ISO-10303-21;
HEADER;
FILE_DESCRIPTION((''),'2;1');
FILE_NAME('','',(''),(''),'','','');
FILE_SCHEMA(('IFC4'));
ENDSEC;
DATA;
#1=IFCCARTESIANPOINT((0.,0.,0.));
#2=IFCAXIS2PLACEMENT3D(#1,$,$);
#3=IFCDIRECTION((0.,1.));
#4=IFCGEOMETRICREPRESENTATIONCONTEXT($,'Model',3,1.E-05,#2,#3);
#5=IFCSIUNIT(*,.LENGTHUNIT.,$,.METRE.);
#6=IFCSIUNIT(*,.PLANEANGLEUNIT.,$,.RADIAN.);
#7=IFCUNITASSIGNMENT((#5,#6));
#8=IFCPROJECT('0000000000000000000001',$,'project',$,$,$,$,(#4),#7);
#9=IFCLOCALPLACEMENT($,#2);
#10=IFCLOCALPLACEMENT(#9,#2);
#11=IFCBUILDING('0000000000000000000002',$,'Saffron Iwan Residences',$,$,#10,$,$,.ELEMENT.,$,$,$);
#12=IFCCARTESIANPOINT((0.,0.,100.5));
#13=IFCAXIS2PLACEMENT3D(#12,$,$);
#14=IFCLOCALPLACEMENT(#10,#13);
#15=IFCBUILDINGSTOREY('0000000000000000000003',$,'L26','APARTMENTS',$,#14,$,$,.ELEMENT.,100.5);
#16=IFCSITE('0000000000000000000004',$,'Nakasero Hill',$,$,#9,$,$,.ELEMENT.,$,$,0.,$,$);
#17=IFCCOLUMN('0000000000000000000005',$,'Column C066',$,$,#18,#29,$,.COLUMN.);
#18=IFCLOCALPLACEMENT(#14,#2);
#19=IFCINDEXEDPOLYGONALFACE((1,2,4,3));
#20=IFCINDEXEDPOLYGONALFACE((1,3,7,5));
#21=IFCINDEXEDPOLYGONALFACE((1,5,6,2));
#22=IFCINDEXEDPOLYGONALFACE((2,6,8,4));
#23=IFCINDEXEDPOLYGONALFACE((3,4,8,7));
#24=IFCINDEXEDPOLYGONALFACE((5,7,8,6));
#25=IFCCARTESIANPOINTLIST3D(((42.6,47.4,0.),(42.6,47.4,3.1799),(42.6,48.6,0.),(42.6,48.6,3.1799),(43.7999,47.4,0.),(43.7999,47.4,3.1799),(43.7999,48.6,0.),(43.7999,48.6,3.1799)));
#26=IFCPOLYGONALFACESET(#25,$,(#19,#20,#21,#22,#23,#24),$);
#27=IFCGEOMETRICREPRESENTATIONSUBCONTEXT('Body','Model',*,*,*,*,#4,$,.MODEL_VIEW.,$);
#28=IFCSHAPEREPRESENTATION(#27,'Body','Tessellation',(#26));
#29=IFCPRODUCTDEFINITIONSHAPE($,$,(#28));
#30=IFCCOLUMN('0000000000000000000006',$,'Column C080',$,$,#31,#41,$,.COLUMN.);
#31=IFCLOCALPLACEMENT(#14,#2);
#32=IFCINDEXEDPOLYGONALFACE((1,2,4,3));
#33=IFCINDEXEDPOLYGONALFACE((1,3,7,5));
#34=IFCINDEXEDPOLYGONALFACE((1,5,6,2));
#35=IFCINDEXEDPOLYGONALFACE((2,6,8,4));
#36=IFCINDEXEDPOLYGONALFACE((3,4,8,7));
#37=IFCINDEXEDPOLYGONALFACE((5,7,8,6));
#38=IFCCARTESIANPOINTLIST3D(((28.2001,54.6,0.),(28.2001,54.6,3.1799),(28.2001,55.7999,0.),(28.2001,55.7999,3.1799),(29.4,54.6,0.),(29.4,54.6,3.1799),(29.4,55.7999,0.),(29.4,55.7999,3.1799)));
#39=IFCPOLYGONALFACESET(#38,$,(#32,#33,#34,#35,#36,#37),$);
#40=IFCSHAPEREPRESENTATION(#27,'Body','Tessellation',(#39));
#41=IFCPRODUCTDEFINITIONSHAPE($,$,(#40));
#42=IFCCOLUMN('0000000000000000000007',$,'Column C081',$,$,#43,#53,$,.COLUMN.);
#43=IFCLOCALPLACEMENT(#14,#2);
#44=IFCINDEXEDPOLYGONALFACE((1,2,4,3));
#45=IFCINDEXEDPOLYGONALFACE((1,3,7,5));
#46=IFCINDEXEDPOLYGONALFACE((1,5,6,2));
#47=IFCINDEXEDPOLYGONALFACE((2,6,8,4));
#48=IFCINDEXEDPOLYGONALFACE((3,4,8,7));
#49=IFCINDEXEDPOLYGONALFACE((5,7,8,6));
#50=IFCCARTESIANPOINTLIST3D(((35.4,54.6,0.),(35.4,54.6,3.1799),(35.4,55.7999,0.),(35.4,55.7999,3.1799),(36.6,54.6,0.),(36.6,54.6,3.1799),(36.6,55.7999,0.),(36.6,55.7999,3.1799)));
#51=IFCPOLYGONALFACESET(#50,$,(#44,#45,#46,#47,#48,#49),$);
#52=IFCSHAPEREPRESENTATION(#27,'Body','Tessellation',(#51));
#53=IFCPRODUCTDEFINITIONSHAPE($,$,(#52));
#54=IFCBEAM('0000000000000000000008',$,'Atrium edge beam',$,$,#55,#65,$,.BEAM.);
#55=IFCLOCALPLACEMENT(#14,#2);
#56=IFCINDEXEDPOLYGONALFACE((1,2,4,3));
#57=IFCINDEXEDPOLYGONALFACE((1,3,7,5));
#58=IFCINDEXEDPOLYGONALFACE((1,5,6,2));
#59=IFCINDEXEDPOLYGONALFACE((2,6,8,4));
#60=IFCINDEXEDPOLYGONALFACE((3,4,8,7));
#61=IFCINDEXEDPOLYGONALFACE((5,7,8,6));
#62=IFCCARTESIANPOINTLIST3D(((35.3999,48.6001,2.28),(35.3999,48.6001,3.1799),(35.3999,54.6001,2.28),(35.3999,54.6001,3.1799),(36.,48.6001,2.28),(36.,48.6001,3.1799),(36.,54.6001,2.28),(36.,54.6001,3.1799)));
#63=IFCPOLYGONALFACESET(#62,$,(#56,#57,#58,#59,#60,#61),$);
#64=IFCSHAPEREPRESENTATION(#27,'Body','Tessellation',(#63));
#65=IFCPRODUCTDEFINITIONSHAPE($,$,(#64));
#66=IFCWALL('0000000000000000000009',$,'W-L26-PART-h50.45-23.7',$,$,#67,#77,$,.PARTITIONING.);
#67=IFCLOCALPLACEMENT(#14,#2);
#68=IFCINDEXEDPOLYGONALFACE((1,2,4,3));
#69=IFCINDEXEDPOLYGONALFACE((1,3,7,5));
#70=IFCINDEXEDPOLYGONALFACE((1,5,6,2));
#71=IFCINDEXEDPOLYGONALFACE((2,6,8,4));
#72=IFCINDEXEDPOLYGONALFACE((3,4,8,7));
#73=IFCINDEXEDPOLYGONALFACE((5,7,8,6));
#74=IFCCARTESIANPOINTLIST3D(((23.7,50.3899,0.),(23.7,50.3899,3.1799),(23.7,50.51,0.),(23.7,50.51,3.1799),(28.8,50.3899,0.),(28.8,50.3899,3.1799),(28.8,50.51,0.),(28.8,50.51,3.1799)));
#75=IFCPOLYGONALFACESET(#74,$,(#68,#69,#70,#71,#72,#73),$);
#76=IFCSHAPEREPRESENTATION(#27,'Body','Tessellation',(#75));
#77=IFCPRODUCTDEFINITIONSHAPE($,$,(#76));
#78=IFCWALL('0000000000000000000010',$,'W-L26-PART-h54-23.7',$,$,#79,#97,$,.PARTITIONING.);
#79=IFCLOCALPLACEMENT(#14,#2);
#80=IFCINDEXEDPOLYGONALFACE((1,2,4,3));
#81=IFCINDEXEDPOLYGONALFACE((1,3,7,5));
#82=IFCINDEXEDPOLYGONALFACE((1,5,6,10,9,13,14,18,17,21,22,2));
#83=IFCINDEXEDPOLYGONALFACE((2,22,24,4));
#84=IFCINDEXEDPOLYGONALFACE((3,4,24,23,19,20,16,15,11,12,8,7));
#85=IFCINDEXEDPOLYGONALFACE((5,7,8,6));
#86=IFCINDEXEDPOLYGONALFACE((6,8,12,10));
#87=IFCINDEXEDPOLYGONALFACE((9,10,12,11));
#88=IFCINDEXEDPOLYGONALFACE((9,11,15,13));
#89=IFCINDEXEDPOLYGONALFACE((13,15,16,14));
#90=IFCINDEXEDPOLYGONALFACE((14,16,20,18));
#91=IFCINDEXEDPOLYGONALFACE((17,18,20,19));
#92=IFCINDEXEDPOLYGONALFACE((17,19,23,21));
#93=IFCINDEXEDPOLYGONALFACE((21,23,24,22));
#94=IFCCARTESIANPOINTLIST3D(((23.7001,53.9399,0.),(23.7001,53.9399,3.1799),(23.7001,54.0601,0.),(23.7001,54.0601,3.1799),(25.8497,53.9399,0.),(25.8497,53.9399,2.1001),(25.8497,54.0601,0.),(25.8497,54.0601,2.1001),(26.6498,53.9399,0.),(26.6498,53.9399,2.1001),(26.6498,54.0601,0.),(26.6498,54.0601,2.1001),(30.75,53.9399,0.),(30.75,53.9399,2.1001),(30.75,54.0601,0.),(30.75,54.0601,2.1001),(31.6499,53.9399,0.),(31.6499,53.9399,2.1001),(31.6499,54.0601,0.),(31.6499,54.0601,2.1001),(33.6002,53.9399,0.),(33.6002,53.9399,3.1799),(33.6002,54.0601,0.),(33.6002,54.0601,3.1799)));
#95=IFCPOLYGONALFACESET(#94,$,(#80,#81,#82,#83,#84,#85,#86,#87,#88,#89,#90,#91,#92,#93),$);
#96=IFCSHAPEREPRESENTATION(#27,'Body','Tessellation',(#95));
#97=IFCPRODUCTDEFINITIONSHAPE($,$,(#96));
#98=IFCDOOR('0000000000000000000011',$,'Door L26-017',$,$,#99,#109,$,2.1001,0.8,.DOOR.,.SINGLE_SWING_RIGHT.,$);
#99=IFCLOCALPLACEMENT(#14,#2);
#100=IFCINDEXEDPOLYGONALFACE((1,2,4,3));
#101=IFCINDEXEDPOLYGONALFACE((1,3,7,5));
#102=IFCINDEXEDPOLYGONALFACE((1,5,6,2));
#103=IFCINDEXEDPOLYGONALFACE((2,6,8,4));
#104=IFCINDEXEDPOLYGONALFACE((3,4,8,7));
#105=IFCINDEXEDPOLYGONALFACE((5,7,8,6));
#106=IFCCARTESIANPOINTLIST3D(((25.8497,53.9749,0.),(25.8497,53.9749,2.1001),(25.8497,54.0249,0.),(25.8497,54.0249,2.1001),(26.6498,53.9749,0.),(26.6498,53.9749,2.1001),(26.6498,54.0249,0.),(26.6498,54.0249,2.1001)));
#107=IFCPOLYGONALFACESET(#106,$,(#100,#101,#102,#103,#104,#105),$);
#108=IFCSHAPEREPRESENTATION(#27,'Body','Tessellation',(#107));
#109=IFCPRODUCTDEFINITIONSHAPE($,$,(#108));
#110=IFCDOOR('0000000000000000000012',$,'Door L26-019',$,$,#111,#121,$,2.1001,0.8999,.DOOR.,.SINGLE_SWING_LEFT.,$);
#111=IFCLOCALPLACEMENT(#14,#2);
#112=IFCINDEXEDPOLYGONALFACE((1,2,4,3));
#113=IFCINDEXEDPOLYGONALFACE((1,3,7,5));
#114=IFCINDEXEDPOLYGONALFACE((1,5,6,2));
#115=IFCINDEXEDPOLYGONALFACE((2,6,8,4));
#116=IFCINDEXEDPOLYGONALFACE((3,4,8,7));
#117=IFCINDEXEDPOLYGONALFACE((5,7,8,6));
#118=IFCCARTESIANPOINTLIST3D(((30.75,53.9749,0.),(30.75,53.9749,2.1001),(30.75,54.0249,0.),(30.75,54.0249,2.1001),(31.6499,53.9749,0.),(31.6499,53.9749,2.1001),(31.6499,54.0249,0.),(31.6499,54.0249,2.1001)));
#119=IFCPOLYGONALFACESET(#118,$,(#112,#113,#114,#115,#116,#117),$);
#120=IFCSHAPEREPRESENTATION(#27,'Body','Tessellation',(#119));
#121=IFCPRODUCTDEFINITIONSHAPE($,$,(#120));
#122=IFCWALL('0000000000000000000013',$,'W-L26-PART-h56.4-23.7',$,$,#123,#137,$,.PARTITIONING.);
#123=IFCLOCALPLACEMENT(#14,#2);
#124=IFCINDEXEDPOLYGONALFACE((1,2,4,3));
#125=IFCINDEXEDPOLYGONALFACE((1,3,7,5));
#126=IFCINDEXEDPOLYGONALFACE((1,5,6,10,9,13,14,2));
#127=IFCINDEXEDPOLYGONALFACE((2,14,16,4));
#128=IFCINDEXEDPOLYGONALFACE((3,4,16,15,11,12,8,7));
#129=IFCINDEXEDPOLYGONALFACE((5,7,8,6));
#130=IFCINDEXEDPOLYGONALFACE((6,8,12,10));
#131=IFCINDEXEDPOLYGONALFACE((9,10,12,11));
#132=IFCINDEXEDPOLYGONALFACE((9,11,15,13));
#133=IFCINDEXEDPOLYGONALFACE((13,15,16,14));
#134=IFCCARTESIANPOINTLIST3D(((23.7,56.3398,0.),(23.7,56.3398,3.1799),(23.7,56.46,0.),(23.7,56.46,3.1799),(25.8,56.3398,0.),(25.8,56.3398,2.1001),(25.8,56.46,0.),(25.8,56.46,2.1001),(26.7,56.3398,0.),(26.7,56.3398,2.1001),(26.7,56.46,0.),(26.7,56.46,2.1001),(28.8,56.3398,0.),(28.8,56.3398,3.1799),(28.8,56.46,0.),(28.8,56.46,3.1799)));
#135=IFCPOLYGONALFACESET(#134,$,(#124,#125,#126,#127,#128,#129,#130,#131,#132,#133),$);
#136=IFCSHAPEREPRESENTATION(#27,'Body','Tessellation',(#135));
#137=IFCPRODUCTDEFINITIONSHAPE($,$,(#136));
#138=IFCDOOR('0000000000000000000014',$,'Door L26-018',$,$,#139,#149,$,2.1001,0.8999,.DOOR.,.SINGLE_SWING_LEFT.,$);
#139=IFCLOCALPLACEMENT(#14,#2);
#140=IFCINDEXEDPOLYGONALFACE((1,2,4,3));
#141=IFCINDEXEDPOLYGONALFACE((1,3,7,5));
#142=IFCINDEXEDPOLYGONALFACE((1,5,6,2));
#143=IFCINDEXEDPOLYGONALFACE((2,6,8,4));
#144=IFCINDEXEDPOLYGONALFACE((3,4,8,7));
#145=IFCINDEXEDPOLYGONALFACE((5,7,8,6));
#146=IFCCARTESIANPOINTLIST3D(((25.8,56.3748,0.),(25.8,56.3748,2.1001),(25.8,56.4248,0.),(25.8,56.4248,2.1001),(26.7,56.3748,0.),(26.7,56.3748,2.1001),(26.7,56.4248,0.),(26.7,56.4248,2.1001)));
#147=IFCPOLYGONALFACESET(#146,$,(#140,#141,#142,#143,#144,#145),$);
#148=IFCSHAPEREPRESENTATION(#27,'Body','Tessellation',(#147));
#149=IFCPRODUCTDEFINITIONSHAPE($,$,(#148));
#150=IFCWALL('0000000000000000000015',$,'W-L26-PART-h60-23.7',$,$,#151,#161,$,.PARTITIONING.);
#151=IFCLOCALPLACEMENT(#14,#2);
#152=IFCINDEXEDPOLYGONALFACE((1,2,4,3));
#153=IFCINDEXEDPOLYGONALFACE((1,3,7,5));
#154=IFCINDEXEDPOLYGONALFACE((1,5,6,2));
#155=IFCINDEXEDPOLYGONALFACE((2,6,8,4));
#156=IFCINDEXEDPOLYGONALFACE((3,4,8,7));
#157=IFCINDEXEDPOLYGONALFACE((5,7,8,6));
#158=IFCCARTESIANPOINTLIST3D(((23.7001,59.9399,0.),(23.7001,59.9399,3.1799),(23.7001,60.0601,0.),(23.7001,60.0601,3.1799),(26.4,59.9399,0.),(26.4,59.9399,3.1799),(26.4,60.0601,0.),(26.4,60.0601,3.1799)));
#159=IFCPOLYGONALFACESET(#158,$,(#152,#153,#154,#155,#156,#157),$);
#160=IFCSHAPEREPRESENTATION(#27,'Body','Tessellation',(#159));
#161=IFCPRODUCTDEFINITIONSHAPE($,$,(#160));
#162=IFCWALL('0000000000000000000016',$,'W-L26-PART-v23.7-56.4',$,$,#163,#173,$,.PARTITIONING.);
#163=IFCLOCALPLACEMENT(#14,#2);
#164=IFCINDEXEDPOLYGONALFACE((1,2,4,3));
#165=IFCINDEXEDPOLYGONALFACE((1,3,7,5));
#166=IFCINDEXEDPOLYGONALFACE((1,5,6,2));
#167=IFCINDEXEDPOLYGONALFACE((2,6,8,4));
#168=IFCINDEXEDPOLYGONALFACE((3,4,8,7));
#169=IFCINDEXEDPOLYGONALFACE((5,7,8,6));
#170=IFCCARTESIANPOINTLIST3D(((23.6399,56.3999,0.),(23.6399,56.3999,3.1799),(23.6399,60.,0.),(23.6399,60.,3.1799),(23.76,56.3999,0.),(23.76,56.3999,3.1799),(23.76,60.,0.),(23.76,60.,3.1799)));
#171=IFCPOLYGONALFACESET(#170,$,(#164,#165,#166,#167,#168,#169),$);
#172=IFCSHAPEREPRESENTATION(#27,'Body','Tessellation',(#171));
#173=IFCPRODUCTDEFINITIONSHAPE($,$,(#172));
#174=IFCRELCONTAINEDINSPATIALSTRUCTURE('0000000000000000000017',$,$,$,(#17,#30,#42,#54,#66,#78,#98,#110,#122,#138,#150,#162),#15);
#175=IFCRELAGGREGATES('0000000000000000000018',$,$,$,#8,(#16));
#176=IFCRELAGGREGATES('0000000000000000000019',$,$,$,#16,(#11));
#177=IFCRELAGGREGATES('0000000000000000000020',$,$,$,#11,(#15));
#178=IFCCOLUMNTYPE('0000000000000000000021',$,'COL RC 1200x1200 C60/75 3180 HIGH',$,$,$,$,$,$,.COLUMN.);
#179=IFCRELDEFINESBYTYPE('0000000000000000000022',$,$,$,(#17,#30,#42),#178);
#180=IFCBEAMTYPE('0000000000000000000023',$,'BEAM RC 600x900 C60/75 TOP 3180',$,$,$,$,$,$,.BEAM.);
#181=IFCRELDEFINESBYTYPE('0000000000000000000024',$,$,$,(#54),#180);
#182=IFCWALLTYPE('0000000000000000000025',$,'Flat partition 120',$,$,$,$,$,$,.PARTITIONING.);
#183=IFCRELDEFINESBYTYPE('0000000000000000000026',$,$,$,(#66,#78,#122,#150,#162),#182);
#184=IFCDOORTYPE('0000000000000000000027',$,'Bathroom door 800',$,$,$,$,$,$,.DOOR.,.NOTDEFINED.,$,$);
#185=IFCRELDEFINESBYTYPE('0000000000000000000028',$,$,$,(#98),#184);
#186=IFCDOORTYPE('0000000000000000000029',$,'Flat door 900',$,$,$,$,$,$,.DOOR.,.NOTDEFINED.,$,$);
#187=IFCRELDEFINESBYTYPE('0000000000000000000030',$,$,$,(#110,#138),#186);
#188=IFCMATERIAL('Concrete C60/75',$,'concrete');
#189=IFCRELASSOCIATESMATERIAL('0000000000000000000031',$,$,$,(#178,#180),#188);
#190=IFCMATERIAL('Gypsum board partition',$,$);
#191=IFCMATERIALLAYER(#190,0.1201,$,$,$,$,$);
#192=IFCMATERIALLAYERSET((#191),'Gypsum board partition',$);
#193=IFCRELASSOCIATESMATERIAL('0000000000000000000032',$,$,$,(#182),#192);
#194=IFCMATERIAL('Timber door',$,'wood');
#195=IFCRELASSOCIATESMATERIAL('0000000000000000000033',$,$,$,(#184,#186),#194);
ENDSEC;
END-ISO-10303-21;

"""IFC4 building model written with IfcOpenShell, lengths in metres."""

from ifc_helpers import new_model, si_unit, direction, frame, frame_2d, origin, origin_2d, place, context, subcontext, project, spatial, rectangle, extrude, source, transform, mapped, material, layer, layer_set, material_profile, profile_set, type_object, element, fill, save


model = new_model("IFC4")

# Units and contexts
model_context = context("Model", 3, precision=1e-05, world=origin(), true_north=direction((0.0, 1.0)))
body_context = subcontext(model_context, "Body", "Model", "MODEL_VIEW")
ifc_project = project(units=[si_unit("LENGTHUNIT", "METRE"), si_unit("PLANEANGLEUNIT", "RADIAN")], contexts=[model_context])

# Site, building, storey
site_placement = place(None, origin())
site = spatial("IfcSite", under=ifc_project, at=site_placement, Name="Nakasero Hill", CompositionType="ELEMENT", RefElevation=0.0)
building_placement = place(site_placement, origin())
building = spatial("IfcBuilding", under=site, at=building_placement, Name="Saffron Iwan Residences", CompositionType="ELEMENT")
storey_placement = place(building_placement, frame((0.0, 0.0, 100.5)))
storey = spatial("IfcBuildingStorey", under=building, at=storey_placement, Name="L26", Description="APARTMENTS", CompositionType="ELEMENT", Elevation=100.5)

# Columns
ifc_material_1 = material(Name="Concrete C60/75", Category="concrete")
ifc_material_profile_1 = material_profile(ifc_material_1, rectangle(XDim=1.2, YDim=1.2, at=origin_2d()), Name="RC 1200x1200")
ifc_profile_set_1 = profile_set([ifc_material_profile_1], Name="Concrete C60/75")
column_type = type_object("IfcColumnType", Name="COL RC 1200x1200 C60/75 3180 HIGH", PredefinedType="COLUMN", material=ifc_profile_set_1)
shared_shape_1 = source(origin(), body_context, "Body", "SweptSolid", [
    extrude(rectangle(XDim=1.2, YDim=1.2, at=origin_2d()), origin(), (0.0, 0.0, 1.0), 3.1799),
])
for number, where, z_axis, x_axis, name in (
    (1, (43.2, 48.0, 0.0), (0.0, 0.0, 1.0), (1.0, 0.0, 0.0), "Column C066"),
    (2, (28.8, 55.2, 0.0), (0.0, 0.0, 1.0), (1.0, 0.0, 0.0), "Column C080"),
    (3, (36.0, 55.2, 0.0), (0.0, 0.0, 1.0), (1.0, 0.0, 0.0), "Column C081"),
):
    element("IfcColumn", number, at=place(storey_placement, frame(where, z_axis=z_axis, x_axis=x_axis)), inside=storey, type_object=column_type, Name=name, PredefinedType="COLUMN", context=body_context, shape_type="MappedRepresentation", body=[
        mapped(shared_shape_1, transform((0.0, 0.0, 0.0))),
    ])

# Beam
ifc_material_profile_2 = material_profile(ifc_material_1, rectangle(XDim=0.6001, YDim=0.8999, at=origin_2d()), Name="RC 600x900")
ifc_profile_set_2 = profile_set([ifc_material_profile_2], Name="Concrete C60/75")
beam_type = type_object("IfcBeamType", Name="BEAM RC 600x900 C60/75 TOP 3180", PredefinedType="BEAM", material=ifc_profile_set_2)
shared_shape_2 = source(origin(), body_context, "Body", "SweptSolid", [
    extrude(rectangle(XDim=0.6001, YDim=0.8999, at=origin_2d()), origin(), (0.0, 0.0, 1.0), 6.0),
])
beam_placement = place(storey_placement, frame((35.7, 48.6001, 2.73), z_axis=(0.0, 1.0, 0.0), x_axis=(-1.0, 0.0, 0.0)))
element("IfcBeam", 4, at=beam_placement, inside=storey, type_object=beam_type, Name="Atrium edge beam", PredefinedType="BEAM", context=body_context, shape_type="MappedRepresentation", body=[
    mapped(shared_shape_2, transform((0.0, 0.0, 0.0))),
])

# Wall
ifc_material_2 = material(Name="Gypsum board partition")
ifc_layer_1 = layer(ifc_material_2, 0.1201)
ifc_layer_set_1 = layer_set([ifc_layer_1], Name="Gypsum board partition")
wall_type_1 = type_object("IfcWallType", Name="Flat partition 120", PredefinedType="PARTITIONING", material=ifc_layer_set_1)
wall_1_placement = place(storey_placement, frame((23.7, 50.45, 0.0), z_axis=(0.0, 0.0, 1.0), x_axis=(1.0, 0.0, 0.0)))
element("IfcWall", 5, at=wall_1_placement, inside=storey, type_object=wall_type_1, Name="W-L26-PART-h50.45-23.7", PredefinedType="PARTITIONING", context=body_context, shape_type="SweptSolid", body=[
    extrude(rectangle(XDim=5.1001, YDim=0.1201, at=frame_2d((2.55, 0.0))), origin(), (0.0, 0.0, 1.0), 3.1799),
])

# Wall, openings, doors
wall_2_placement = place(storey_placement, frame((23.7, 54.0, 0.0), z_axis=(0.0, 0.0, 1.0), x_axis=(1.0, 0.0, 0.0)))
wall_2 = element("IfcWall", 6, at=wall_2_placement, inside=storey, type_object=wall_type_1, Name="W-L26-PART-h54-23.7", PredefinedType="PARTITIONING", context=body_context, shape_type="SweptSolid", body=[
    extrude(rectangle(XDim=9.9001, YDim=0.1201, at=frame_2d((4.9502, 0.0))), origin(), (0.0, 0.0, 1.0), 3.1799),
])
opening_1_placement = place(wall_2_placement, frame((2.1499, 0.0, 0.0)))
opening_1 = element("IfcOpeningElement", 7, at=opening_1_placement, cuts=wall_2, PredefinedType="OPENING", context=body_context, shape_type="SweptSolid", body=[
    extrude(rectangle(XDim=0.8, YDim=2.1001, at=frame_2d((0.3999, 1.05))), frame((0.0, 0.0701, 0.0), z_axis=(0.0, -1.0, 0.0), x_axis=(1.0, 0.0, 0.0)), (0.0, 0.0, 1.0), 0.1401),
])
opening_2_placement = place(wall_2_placement, frame((7.05, 0.0, 0.0)))
opening_2 = element("IfcOpeningElement", 8, at=opening_2_placement, cuts=wall_2, PredefinedType="OPENING", context=body_context, shape_type="SweptSolid", body=[
    extrude(rectangle(XDim=0.8999, YDim=2.1001, at=frame_2d((0.45, 1.05))), frame((0.0, 0.0701, 0.0), z_axis=(0.0, -1.0, 0.0), x_axis=(1.0, 0.0, 0.0)), (0.0, 0.0, 1.0), 0.1401),
])
ifc_material_3 = material(Name="Timber door", Category="wood")
door_type_1 = type_object("IfcDoorType", Name="Bathroom door 800", OperationType="NOTDEFINED", PredefinedType="DOOR", material=ifc_material_3)
door_1_placement = place(opening_1_placement, origin())
door_1 = element("IfcDoor", 9, at=door_1_placement, inside=storey, type_object=door_type_1, Name="Door L26-017", OperationType="SINGLE_SWING_RIGHT", OverallHeight=2.1001, OverallWidth=0.8, PredefinedType="DOOR", context=body_context, shape_type="SweptSolid", body=[
    extrude(rectangle(XDim=0.8, YDim=2.1001, at=frame_2d((0.3999, 1.05))), frame((0.0, 0.0249, 0.0), z_axis=(0.0, -1.0, 0.0), x_axis=(1.0, 0.0, 0.0)), (0.0, 0.0, 1.0), 0.05),
])
fill(opening_1, door_1)
door_type_2 = type_object("IfcDoorType", Name="Flat door 900", OperationType="NOTDEFINED", PredefinedType="DOOR", material=ifc_material_3)
door_2_placement = place(opening_2_placement, origin())
door_2 = element("IfcDoor", 10, at=door_2_placement, inside=storey, type_object=door_type_2, Name="Door L26-019", OperationType="SINGLE_SWING_LEFT", OverallHeight=2.1001, OverallWidth=0.8999, PredefinedType="DOOR", context=body_context, shape_type="SweptSolid", body=[
    extrude(rectangle(XDim=0.8999, YDim=2.1001, at=frame_2d((0.45, 1.05))), frame((0.0, 0.0249, 0.0), z_axis=(0.0, -1.0, 0.0), x_axis=(1.0, 0.0, 0.0)), (0.0, 0.0, 1.0), 0.05),
])
fill(opening_2, door_2)

# Wall, opening, door
wall_3_placement = place(storey_placement, frame((23.7, 56.3999, 0.0), z_axis=(0.0, 0.0, 1.0), x_axis=(1.0, 0.0, 0.0)))
wall_3 = element("IfcWall", 11, at=wall_3_placement, inside=storey, type_object=wall_type_1, Name="W-L26-PART-h56.4-23.7", PredefinedType="PARTITIONING", context=body_context, shape_type="SweptSolid", body=[
    extrude(rectangle(XDim=5.1001, YDim=0.1201, at=frame_2d((2.55, 0.0))), origin(), (0.0, 0.0, 1.0), 3.1799),
])
opening_3_placement = place(wall_3_placement, frame((2.1001, 0.0, 0.0)))
opening_3 = element("IfcOpeningElement", 12, at=opening_3_placement, cuts=wall_3, PredefinedType="OPENING", context=body_context, shape_type="SweptSolid", body=[
    extrude(rectangle(XDim=0.8999, YDim=2.1001, at=frame_2d((0.45, 1.05))), frame((0.0, 0.0701, 0.0), z_axis=(0.0, -1.0, 0.0), x_axis=(1.0, 0.0, 0.0)), (0.0, 0.0, 1.0), 0.1401),
])
door_3_placement = place(opening_3_placement, origin())
door_3 = element("IfcDoor", 13, at=door_3_placement, inside=storey, type_object=door_type_2, Name="Door L26-018", OperationType="SINGLE_SWING_LEFT", OverallHeight=2.1001, OverallWidth=0.8999, PredefinedType="DOOR", context=body_context, shape_type="SweptSolid", body=[
    extrude(rectangle(XDim=0.8999, YDim=2.1001, at=frame_2d((0.45, 1.05))), frame((0.0, 0.0249, 0.0), z_axis=(0.0, -1.0, 0.0), x_axis=(1.0, 0.0, 0.0)), (0.0, 0.0, 1.0), 0.05),
])
fill(opening_3, door_3)

# Walls
wall_4_placement = place(storey_placement, frame((23.7, 60.0, 0.0), z_axis=(0.0, 0.0, 1.0), x_axis=(1.0, 0.0, 0.0)))
element("IfcWall", 14, at=wall_4_placement, inside=storey, type_object=wall_type_1, Name="W-L26-PART-h60-23.7", PredefinedType="PARTITIONING", context=body_context, shape_type="SweptSolid", body=[
    extrude(rectangle(XDim=2.7, YDim=0.1201, at=frame_2d((1.3501, 0.0))), origin(), (0.0, 0.0, 1.0), 3.1799),
])
wall_5_placement = place(storey_placement, frame((23.7, 56.3999, 0.0), z_axis=(0.0, 0.0, 1.0), x_axis=(0.0, 1.0, 0.0)))
element("IfcWall", 15, at=wall_5_placement, inside=storey, type_object=wall_type_1, Name="W-L26-PART-v23.7-56.4", PredefinedType="PARTITIONING", context=body_context, shape_type="SweptSolid", body=[
    extrude(rectangle(XDim=3.6001, YDim=0.1201, at=frame_2d((1.8, 0.0))), origin(), (0.0, 0.0, 1.0), 3.1799),
])

save(model, "model.ifc")
